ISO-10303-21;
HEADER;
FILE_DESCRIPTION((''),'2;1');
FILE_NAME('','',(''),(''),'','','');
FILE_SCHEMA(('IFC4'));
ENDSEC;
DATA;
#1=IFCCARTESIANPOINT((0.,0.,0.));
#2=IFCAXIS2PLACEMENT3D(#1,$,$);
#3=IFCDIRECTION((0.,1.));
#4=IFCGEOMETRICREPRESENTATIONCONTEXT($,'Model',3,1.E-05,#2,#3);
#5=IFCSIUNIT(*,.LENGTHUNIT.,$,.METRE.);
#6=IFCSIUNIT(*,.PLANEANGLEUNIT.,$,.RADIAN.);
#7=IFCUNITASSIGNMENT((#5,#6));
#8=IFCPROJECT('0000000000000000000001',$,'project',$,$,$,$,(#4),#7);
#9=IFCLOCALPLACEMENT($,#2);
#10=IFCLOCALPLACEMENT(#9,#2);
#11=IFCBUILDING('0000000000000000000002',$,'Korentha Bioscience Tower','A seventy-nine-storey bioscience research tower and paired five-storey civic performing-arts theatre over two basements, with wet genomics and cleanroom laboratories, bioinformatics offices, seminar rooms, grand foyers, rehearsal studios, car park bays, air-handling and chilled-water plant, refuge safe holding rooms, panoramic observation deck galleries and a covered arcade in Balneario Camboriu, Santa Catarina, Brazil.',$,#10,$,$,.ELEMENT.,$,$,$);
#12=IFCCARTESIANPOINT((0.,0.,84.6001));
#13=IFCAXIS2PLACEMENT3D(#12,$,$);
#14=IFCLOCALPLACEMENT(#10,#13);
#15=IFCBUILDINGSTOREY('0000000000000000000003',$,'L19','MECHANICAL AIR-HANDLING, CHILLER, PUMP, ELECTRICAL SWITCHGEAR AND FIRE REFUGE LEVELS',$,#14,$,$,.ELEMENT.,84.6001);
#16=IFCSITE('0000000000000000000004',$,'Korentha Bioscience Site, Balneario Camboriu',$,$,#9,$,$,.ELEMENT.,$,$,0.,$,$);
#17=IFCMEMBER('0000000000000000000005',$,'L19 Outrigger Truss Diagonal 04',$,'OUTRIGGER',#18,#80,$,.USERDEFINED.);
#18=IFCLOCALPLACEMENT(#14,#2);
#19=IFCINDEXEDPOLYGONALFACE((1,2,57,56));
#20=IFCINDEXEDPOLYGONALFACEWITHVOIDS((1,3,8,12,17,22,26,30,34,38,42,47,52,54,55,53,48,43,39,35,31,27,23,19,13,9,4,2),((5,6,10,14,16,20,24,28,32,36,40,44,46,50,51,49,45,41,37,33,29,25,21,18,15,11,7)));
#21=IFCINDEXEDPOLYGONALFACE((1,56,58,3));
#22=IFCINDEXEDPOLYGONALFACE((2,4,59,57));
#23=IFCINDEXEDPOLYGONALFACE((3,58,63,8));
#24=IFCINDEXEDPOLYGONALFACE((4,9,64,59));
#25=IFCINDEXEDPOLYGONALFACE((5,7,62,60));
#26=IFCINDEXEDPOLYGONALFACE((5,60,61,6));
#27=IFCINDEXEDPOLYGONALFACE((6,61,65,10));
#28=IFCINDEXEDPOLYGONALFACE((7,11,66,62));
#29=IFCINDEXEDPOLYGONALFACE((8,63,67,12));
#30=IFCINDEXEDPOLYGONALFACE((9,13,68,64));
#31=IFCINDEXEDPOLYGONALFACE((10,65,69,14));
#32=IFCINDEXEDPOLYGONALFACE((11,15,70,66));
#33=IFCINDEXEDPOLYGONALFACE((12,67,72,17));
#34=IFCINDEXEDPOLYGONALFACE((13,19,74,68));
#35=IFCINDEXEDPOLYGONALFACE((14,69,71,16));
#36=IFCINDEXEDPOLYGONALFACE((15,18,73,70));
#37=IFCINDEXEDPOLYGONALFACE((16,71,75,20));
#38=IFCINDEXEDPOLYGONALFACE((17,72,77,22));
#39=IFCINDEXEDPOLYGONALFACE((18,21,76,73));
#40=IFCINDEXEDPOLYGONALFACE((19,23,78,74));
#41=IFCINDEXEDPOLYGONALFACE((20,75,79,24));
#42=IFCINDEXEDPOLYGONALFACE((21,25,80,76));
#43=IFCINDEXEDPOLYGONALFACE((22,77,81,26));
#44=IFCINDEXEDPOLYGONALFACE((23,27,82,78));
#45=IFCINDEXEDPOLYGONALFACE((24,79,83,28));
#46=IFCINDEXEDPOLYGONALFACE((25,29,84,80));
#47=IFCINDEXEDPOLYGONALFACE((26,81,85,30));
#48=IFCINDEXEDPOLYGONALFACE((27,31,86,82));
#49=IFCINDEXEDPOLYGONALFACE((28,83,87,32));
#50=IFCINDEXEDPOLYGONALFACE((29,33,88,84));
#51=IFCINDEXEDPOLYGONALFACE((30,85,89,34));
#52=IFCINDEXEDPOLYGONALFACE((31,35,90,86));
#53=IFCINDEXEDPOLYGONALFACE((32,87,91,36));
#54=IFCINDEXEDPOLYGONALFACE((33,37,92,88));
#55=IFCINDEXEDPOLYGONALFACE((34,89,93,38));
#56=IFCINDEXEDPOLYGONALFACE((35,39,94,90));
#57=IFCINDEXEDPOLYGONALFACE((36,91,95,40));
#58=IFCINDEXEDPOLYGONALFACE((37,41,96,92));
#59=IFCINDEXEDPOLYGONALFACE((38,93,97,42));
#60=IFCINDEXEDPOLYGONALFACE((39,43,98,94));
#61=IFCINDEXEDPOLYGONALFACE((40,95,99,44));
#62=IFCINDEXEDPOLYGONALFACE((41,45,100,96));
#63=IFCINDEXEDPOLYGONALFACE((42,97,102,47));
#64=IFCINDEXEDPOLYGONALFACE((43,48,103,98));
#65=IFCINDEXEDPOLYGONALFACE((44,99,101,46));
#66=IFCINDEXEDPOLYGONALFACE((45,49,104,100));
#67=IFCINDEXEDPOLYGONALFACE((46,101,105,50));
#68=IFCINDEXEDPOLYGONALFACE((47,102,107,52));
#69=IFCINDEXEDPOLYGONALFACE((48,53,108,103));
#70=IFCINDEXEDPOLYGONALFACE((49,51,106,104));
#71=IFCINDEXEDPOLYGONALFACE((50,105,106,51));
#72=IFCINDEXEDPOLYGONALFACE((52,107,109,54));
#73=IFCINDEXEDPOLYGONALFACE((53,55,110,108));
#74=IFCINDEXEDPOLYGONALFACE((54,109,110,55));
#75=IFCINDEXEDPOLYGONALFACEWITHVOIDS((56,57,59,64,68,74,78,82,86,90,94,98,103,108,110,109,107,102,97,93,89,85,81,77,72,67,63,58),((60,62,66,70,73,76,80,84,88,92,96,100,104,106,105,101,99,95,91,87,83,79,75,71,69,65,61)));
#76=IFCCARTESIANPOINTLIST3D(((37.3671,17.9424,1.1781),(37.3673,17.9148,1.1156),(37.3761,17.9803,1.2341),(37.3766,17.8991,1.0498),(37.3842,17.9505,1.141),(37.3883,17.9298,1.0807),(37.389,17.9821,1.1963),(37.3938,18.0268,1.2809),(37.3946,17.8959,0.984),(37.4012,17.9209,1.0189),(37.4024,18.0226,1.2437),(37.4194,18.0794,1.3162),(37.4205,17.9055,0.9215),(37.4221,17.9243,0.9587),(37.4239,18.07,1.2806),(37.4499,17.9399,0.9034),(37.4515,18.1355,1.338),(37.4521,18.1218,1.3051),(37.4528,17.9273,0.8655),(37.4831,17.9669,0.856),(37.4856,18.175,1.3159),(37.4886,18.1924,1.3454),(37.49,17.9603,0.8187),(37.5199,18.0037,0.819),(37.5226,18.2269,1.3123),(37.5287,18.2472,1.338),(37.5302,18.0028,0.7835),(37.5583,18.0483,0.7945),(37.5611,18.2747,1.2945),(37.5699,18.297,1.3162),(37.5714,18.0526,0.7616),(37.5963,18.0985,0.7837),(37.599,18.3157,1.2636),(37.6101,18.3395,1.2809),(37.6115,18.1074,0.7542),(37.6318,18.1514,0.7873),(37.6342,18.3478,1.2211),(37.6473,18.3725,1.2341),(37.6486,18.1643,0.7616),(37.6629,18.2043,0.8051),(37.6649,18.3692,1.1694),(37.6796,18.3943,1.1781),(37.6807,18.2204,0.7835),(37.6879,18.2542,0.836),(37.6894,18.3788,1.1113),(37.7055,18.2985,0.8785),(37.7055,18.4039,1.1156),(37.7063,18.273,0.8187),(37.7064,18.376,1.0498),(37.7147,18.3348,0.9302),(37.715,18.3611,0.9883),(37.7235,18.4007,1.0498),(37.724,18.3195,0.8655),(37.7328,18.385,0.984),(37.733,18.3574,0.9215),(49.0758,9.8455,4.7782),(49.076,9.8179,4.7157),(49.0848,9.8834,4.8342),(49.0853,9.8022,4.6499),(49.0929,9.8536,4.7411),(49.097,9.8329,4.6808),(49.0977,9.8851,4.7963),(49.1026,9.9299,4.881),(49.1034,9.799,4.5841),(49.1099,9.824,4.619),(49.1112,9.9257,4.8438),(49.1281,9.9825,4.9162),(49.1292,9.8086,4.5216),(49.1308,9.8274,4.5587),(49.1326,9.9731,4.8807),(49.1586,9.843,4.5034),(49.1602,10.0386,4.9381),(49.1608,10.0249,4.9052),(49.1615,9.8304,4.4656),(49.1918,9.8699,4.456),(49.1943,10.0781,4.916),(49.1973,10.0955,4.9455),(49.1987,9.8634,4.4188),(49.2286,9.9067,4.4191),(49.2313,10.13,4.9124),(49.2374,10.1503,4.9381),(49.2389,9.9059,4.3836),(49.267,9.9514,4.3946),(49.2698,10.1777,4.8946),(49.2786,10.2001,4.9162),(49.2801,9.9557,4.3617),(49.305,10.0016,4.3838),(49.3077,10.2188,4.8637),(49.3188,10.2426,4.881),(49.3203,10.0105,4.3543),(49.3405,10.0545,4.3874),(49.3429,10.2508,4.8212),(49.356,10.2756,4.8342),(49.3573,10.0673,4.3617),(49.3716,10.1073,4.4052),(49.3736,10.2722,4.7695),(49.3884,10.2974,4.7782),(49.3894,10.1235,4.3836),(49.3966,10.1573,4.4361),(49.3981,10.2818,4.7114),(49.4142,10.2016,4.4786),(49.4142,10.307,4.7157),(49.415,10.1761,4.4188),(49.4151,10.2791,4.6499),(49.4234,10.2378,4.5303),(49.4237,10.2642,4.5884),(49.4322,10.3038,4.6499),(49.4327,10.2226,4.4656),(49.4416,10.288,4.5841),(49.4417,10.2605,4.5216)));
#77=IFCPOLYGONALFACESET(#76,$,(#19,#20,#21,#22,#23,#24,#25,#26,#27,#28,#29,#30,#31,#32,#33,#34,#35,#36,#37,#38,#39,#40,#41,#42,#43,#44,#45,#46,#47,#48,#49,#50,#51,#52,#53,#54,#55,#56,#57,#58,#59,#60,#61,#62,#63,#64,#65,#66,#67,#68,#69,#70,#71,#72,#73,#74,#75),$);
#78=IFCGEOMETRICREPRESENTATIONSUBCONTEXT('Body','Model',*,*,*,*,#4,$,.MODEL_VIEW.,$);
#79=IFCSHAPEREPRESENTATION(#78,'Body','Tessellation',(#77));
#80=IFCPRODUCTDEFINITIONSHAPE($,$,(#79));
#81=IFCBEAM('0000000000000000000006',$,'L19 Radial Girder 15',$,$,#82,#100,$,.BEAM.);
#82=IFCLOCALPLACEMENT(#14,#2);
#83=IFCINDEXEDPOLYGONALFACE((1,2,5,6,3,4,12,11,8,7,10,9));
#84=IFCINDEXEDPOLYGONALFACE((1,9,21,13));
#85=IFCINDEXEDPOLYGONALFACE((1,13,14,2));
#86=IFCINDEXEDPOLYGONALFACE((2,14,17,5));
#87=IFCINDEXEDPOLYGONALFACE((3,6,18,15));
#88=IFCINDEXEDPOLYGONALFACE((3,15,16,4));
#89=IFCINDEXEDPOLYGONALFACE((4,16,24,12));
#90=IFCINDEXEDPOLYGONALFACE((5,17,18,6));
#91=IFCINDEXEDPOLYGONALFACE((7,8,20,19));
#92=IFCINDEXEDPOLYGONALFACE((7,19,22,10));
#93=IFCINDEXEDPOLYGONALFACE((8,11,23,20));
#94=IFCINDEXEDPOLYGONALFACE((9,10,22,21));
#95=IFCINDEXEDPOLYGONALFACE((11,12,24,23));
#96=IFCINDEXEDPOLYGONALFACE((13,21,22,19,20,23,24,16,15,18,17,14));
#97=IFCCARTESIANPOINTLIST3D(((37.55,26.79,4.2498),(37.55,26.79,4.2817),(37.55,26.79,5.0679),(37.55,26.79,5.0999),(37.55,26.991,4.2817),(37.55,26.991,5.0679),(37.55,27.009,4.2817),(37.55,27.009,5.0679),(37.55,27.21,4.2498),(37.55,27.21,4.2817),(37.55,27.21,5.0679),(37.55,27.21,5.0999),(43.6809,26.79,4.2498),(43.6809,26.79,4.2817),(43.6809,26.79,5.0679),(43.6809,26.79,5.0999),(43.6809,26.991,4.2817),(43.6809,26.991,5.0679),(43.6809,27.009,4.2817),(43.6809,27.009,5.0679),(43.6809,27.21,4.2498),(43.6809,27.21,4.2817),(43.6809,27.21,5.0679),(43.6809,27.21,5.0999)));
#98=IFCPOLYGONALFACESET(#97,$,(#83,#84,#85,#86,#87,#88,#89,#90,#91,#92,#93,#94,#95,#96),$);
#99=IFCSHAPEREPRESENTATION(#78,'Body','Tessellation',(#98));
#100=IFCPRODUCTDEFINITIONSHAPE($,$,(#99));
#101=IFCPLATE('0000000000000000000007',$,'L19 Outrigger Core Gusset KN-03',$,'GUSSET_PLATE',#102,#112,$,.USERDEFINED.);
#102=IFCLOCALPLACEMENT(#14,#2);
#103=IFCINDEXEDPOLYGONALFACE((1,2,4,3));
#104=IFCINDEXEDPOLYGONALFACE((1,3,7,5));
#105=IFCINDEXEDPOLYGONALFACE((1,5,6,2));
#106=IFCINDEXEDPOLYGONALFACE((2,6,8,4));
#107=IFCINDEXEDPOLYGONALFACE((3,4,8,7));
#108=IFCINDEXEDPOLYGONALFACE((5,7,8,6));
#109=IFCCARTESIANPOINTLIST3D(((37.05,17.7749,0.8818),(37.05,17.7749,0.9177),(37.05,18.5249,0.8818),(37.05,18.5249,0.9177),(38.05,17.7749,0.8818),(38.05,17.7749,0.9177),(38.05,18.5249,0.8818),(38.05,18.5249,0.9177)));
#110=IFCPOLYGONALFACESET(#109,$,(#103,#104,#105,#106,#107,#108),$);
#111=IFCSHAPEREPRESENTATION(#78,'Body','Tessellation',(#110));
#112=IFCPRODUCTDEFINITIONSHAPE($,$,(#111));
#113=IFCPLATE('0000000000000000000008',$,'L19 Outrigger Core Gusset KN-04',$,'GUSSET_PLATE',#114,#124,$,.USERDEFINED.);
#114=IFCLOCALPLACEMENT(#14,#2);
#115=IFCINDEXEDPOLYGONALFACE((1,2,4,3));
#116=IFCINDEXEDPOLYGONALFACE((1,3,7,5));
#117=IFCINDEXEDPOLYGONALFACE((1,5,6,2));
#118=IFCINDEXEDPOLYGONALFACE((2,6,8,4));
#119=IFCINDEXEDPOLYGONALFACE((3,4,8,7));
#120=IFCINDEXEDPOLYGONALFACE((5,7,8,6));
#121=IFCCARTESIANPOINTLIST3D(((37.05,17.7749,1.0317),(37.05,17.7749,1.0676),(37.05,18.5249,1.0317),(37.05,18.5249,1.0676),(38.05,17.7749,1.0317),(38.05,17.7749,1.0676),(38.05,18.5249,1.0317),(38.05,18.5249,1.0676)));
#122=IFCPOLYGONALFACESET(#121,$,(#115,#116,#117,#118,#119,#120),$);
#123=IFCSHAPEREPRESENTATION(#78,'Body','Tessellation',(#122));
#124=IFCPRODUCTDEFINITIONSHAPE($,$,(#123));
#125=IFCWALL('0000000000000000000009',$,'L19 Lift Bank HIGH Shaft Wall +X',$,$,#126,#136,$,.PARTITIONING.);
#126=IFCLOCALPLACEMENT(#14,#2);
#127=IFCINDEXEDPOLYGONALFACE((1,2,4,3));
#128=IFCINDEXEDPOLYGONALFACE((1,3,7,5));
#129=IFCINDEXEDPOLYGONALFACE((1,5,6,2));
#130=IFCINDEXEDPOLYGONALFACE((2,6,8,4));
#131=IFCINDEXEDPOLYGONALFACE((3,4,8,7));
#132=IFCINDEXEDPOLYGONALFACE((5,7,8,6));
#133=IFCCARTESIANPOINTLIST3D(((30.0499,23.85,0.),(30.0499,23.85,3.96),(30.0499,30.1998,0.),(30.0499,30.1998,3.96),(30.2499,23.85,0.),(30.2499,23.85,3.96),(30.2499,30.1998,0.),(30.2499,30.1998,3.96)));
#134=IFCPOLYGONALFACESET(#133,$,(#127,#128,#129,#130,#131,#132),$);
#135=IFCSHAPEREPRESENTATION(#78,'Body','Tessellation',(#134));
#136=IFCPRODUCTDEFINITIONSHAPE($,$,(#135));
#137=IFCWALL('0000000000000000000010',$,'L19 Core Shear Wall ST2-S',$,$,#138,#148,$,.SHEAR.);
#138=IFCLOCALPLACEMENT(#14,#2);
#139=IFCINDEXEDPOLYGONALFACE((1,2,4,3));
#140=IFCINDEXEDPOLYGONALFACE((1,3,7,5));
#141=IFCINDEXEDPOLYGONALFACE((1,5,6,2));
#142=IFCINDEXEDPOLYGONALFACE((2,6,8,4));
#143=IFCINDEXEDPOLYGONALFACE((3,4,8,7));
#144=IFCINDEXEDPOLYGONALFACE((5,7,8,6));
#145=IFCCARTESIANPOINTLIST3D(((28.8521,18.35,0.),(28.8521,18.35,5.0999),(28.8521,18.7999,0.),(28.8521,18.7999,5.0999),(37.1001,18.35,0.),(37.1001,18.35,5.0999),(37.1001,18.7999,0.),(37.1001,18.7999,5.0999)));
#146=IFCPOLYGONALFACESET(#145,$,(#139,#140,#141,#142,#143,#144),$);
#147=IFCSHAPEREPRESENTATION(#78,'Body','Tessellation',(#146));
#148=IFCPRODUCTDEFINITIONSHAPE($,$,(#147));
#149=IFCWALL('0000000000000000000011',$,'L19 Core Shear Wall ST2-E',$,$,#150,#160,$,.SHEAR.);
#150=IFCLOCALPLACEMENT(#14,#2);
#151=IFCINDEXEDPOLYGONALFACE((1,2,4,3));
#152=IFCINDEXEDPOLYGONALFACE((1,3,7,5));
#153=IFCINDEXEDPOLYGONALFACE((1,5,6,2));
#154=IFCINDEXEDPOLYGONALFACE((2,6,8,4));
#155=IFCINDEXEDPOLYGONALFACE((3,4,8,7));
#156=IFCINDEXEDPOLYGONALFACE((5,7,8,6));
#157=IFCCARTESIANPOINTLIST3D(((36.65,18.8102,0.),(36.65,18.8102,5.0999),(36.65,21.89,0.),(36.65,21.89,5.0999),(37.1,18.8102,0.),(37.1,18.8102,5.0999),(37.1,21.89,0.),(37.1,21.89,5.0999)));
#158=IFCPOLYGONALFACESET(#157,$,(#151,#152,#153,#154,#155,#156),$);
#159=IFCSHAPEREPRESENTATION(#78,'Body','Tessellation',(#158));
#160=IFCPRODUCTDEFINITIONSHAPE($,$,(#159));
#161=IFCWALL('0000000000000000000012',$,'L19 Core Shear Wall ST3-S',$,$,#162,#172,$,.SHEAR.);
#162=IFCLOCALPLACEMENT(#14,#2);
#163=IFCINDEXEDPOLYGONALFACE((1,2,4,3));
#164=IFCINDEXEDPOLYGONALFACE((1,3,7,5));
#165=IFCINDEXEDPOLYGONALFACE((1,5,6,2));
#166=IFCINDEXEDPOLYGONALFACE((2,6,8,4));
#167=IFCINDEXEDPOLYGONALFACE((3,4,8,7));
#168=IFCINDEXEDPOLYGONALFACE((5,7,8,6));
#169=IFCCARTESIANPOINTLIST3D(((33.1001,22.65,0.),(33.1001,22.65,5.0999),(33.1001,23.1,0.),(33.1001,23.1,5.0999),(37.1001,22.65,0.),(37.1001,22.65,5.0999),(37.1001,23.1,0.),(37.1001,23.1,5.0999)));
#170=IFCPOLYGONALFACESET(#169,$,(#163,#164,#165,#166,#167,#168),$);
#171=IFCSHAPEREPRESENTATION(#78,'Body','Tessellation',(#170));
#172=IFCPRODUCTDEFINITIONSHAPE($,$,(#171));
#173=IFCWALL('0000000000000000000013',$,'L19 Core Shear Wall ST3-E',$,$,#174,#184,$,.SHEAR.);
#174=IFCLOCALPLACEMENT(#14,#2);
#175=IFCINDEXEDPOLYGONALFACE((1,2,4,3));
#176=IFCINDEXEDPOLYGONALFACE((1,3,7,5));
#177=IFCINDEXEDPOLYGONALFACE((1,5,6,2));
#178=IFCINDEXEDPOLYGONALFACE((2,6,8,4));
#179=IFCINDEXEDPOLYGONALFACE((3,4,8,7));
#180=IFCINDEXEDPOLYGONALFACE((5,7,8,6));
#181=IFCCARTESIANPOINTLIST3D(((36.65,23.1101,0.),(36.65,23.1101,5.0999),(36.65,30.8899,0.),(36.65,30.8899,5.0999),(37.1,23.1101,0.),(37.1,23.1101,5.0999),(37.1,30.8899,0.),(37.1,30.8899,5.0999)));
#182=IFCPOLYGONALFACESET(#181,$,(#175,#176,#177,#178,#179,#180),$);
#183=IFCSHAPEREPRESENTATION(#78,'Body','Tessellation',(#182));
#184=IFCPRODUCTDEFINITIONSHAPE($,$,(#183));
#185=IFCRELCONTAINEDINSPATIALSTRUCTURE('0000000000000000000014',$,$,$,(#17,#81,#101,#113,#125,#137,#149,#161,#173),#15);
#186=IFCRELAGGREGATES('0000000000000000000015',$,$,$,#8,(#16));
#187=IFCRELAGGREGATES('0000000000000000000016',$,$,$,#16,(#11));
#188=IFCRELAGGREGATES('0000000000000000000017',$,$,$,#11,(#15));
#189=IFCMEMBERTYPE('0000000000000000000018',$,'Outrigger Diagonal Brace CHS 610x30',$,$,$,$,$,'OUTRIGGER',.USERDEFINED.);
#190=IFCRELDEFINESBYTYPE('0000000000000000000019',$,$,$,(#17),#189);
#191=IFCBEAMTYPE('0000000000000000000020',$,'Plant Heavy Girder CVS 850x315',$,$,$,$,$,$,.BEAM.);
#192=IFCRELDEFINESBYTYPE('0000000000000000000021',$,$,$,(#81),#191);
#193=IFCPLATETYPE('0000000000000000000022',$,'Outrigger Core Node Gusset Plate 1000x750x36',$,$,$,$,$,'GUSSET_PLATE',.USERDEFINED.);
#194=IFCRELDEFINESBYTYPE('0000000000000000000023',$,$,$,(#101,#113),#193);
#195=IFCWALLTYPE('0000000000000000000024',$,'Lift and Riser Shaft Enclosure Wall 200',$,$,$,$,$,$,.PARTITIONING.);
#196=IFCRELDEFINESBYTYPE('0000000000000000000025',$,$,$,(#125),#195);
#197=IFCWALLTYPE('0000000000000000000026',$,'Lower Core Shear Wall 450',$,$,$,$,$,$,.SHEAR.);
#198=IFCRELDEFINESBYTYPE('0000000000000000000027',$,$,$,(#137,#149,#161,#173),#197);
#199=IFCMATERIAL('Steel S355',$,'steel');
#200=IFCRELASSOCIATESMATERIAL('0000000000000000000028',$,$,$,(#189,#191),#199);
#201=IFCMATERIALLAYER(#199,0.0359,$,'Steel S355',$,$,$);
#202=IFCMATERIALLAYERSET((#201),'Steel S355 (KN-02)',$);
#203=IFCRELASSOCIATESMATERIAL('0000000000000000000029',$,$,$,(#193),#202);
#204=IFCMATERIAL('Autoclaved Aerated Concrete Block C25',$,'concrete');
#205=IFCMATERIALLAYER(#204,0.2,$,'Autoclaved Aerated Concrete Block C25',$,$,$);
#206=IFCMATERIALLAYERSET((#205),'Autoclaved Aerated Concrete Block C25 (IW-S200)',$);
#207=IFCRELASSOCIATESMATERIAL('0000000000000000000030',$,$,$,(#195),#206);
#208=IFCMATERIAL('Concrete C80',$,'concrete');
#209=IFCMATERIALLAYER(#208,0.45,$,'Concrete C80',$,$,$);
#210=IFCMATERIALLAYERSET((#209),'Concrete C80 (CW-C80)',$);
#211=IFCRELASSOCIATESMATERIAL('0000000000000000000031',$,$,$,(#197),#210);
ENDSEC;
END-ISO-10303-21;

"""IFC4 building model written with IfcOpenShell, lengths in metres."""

from ifc_helpers import new_model, si_unit, direction, frame, frame_2d, origin, origin_2d, place, context, subcontext, project, spatial, rectangle, hollow_circle, i_section, extrude, material, layer, layer_set, material_profile, profile_set, type_object, element, save


model = new_model("IFC4")

# Units and contexts
model_context = context("Model", 3, precision=1e-05, world=origin(), true_north=direction((0.0, 1.0)))
body_context = subcontext(model_context, "Body", "Model", "MODEL_VIEW")
ifc_project = project(units=[si_unit("LENGTHUNIT", "METRE"), si_unit("PLANEANGLEUNIT", "RADIAN")], contexts=[model_context])

# Site, building, storey
site_placement = place(None, origin())
site = spatial("IfcSite", under=ifc_project, at=site_placement, Name="Korentha Bioscience Site, Balneario Camboriu", CompositionType="ELEMENT", RefElevation=0.0)
building_placement = place(site_placement, origin())
building = spatial("IfcBuilding", under=site, at=building_placement, Name="Korentha Bioscience Tower", Description="A seventy-nine-storey bioscience research tower and paired five-storey civic performing-arts theatre over two basements, with wet genomics and cleanroom laboratories, bioinformatics offices, seminar rooms, grand foyers, rehearsal studios, car park bays, air-handling and chilled-water plant, refuge safe holding rooms, panoramic observation deck galleries and a covered arcade in Balneario Camboriu, Santa Catarina, Brazil.", CompositionType="ELEMENT")
storey_placement = place(building_placement, frame((0.0, 0.0, 84.6001)))
storey = spatial("IfcBuildingStorey", under=building, at=storey_placement, Name="L19", Description="MECHANICAL AIR-HANDLING, CHILLER, PUMP, ELECTRICAL SWITCHGEAR AND FIRE REFUGE LEVELS", CompositionType="ELEMENT", Elevation=84.6001)

# Shared definitions
ifc_material_1 = material(Name="Steel S355", Category="steel")

# Member
ifc_material_profile_1 = material_profile(ifc_material_1, hollow_circle(Radius=0.3049, WallThickness=0.03, at=origin_2d()), Name="Steel S355")
ifc_profile_set_1 = profile_set([ifc_material_profile_1], Name="Steel S355 (OU-610)")
member_type = type_object("IfcMemberType", Name="Outrigger Diagonal Brace CHS 610x30", ElementType="OUTRIGGER", PredefinedType="USERDEFINED", material=ifc_profile_set_1)
member_1_placement = place(storey_placement, frame((37.55, 18.1499, 1.0498), z_axis=(0.797389, -0.551417, 0.245174), x_axis=(0.568776, 0.822492, 0.0)))
element("IfcMember", 1, at=member_1_placement, inside=storey, type_object=member_type, Name="L19 Outrigger Truss Diagonal 04", ObjectType="OUTRIGGER", PredefinedType="USERDEFINED", context=body_context, shape_type="SweptSolid", body=[
    extrude(hollow_circle(Radius=0.3049, WallThickness=0.03, at=origin_2d()), origin(), (0.0, 0.0, 1.0), 14.6838),
])

# Beam
ifc_material_profile_2 = material_profile(ifc_material_1, i_section(OverallWidth=0.4199, OverallDepth=0.8501, WebThickness=0.0181, FlangeThickness=0.032, at=origin_2d()), Name="Steel S355")
ifc_profile_set_2 = profile_set([ifc_material_profile_2], Name="Steel S355 (MB-850)")
beam_type_1 = type_object("IfcBeamType", Name="Plant Heavy Girder CVS 850x315", PredefinedType="BEAM", material=ifc_profile_set_2)
beam_1_placement = place(storey_placement, frame((37.55, 27.0, 4.6748), z_axis=(1.0, 0.0, 0.0), x_axis=(0.0, 1.0, 0.0)))
element("IfcBeam", 2, at=beam_1_placement, inside=storey, type_object=beam_type_1, Name="L19 Radial Girder 15", PredefinedType="BEAM", context=body_context, shape_type="SweptSolid", body=[
    extrude(i_section(OverallWidth=0.4199, OverallDepth=0.8501, WebThickness=0.0181, FlangeThickness=0.032, at=origin_2d()), origin(), (0.0, 0.0, 1.0), 6.1309),
])

# Plates
ifc_layer_1 = layer(ifc_material_1, 0.0359, Name="Steel S355")
ifc_layer_set_1 = layer_set([ifc_layer_1], Name="Steel S355 (KN-02)")
plate_type = type_object("IfcPlateType", Name="Outrigger Core Node Gusset Plate 1000x750x36", ElementType="GUSSET_PLATE", PredefinedType="USERDEFINED", material=ifc_layer_set_1)
for number, where, z_axis, x_axis, name in (
    (3, (37.55, 18.1499, 0.8818), (0.0, 0.0, 1.0), (1.0, 0.0, 0.0), "L19 Outrigger Core Gusset KN-03"),
    (4, (37.55, 18.1499, 1.0317), (0.0, 0.0, 1.0), (1.0, 0.0, 0.0), "L19 Outrigger Core Gusset KN-04"),
):
    element("IfcPlate", number, at=place(storey_placement, frame(where, z_axis=z_axis, x_axis=x_axis)), inside=storey, type_object=plate_type, Name=name, ObjectType="GUSSET_PLATE", PredefinedType="USERDEFINED", context=body_context, shape_type="SweptSolid", body=[
        extrude(rectangle(XDim=1.0, YDim=0.75, at=origin_2d()), origin(), (0.0, 0.0, 1.0), 0.0359),
    ])

# Walls
ifc_material_2 = material(Name="Autoclaved Aerated Concrete Block C25", Category="concrete")
ifc_layer_2 = layer(ifc_material_2, 0.2, Name="Autoclaved Aerated Concrete Block C25")
ifc_layer_set_2 = layer_set([ifc_layer_2], Name="Autoclaved Aerated Concrete Block C25 (IW-S200)")
wall_type_1 = type_object("IfcWallType", Name="Lift and Riser Shaft Enclosure Wall 200", PredefinedType="PARTITIONING", material=ifc_layer_set_2)
wall_1_placement = place(storey_placement, frame((30.1499, 23.8501, 0.0), z_axis=(0.0, 0.0, 1.0), x_axis=(0.0, 1.0, 0.0)))
element("IfcWall", 5, at=wall_1_placement, inside=storey, type_object=wall_type_1, Name="L19 Lift Bank HIGH Shaft Wall +X", PredefinedType="PARTITIONING", context=body_context, shape_type="SweptSolid", body=[
    extrude(rectangle(XDim=6.3499, YDim=0.2, at=frame_2d((3.1748, 0.0))), origin(), (0.0, 0.0, 1.0), 3.96),
])
ifc_material_3 = material(Name="Concrete C80", Category="concrete")
ifc_layer_3 = layer(ifc_material_3, 0.45, Name="Concrete C80")
ifc_layer_set_3 = layer_set([ifc_layer_3], Name="Concrete C80 (CW-C80)")
wall_type_2 = type_object("IfcWallType", Name="Lower Core Shear Wall 450", PredefinedType="SHEAR", material=ifc_layer_set_3)
wall_2_placement = place(storey_placement, frame((28.8521, 18.575, 0.0), z_axis=(0.0, 0.0, 1.0), x_axis=(1.0, 0.0, 0.0)))
element("IfcWall", 6, at=wall_2_placement, inside=storey, type_object=wall_type_2, Name="L19 Core Shear Wall ST2-S", PredefinedType="SHEAR", context=body_context, shape_type="SweptSolid", body=[
    extrude(rectangle(XDim=8.248, YDim=0.45, at=frame_2d((4.124, 0.0))), origin(), (0.0, 0.0, 1.0), 5.0999),
])
wall_3_placement = place(storey_placement, frame((36.875, 18.8101, 0.0), z_axis=(0.0, 0.0, 1.0), x_axis=(0.0, 1.0, 0.0)))
element("IfcWall", 7, at=wall_3_placement, inside=storey, type_object=wall_type_2, Name="L19 Core Shear Wall ST2-E", PredefinedType="SHEAR", context=body_context, shape_type="SweptSolid", body=[
    extrude(rectangle(XDim=3.0798, YDim=0.45, at=frame_2d((1.54, 0.0))), origin(), (0.0, 0.0, 1.0), 5.0999),
])
wall_4_placement = place(storey_placement, frame((33.1001, 22.875, 0.0), z_axis=(0.0, 0.0, 1.0), x_axis=(1.0, 0.0, 0.0)))
element("IfcWall", 8, at=wall_4_placement, inside=storey, type_object=wall_type_2, Name="L19 Core Shear Wall ST3-S", PredefinedType="SHEAR", context=body_context, shape_type="SweptSolid", body=[
    extrude(rectangle(XDim=4.0, YDim=0.45, at=frame_2d((2.0, 0.0))), origin(), (0.0, 0.0, 1.0), 5.0999),
])
wall_5_placement = place(storey_placement, frame((36.875, 23.1101, 0.0), z_axis=(0.0, 0.0, 1.0), x_axis=(0.0, 1.0, 0.0)))
element("IfcWall", 9, at=wall_5_placement, inside=storey, type_object=wall_type_2, Name="L19 Core Shear Wall ST3-E", PredefinedType="SHEAR", context=body_context, shape_type="SweptSolid", body=[
    extrude(rectangle(XDim=7.7798, YDim=0.45, at=frame_2d((3.8899, 0.0))), origin(), (0.0, 0.0, 1.0), 5.0999),
])

save(model, "model.ifc")
